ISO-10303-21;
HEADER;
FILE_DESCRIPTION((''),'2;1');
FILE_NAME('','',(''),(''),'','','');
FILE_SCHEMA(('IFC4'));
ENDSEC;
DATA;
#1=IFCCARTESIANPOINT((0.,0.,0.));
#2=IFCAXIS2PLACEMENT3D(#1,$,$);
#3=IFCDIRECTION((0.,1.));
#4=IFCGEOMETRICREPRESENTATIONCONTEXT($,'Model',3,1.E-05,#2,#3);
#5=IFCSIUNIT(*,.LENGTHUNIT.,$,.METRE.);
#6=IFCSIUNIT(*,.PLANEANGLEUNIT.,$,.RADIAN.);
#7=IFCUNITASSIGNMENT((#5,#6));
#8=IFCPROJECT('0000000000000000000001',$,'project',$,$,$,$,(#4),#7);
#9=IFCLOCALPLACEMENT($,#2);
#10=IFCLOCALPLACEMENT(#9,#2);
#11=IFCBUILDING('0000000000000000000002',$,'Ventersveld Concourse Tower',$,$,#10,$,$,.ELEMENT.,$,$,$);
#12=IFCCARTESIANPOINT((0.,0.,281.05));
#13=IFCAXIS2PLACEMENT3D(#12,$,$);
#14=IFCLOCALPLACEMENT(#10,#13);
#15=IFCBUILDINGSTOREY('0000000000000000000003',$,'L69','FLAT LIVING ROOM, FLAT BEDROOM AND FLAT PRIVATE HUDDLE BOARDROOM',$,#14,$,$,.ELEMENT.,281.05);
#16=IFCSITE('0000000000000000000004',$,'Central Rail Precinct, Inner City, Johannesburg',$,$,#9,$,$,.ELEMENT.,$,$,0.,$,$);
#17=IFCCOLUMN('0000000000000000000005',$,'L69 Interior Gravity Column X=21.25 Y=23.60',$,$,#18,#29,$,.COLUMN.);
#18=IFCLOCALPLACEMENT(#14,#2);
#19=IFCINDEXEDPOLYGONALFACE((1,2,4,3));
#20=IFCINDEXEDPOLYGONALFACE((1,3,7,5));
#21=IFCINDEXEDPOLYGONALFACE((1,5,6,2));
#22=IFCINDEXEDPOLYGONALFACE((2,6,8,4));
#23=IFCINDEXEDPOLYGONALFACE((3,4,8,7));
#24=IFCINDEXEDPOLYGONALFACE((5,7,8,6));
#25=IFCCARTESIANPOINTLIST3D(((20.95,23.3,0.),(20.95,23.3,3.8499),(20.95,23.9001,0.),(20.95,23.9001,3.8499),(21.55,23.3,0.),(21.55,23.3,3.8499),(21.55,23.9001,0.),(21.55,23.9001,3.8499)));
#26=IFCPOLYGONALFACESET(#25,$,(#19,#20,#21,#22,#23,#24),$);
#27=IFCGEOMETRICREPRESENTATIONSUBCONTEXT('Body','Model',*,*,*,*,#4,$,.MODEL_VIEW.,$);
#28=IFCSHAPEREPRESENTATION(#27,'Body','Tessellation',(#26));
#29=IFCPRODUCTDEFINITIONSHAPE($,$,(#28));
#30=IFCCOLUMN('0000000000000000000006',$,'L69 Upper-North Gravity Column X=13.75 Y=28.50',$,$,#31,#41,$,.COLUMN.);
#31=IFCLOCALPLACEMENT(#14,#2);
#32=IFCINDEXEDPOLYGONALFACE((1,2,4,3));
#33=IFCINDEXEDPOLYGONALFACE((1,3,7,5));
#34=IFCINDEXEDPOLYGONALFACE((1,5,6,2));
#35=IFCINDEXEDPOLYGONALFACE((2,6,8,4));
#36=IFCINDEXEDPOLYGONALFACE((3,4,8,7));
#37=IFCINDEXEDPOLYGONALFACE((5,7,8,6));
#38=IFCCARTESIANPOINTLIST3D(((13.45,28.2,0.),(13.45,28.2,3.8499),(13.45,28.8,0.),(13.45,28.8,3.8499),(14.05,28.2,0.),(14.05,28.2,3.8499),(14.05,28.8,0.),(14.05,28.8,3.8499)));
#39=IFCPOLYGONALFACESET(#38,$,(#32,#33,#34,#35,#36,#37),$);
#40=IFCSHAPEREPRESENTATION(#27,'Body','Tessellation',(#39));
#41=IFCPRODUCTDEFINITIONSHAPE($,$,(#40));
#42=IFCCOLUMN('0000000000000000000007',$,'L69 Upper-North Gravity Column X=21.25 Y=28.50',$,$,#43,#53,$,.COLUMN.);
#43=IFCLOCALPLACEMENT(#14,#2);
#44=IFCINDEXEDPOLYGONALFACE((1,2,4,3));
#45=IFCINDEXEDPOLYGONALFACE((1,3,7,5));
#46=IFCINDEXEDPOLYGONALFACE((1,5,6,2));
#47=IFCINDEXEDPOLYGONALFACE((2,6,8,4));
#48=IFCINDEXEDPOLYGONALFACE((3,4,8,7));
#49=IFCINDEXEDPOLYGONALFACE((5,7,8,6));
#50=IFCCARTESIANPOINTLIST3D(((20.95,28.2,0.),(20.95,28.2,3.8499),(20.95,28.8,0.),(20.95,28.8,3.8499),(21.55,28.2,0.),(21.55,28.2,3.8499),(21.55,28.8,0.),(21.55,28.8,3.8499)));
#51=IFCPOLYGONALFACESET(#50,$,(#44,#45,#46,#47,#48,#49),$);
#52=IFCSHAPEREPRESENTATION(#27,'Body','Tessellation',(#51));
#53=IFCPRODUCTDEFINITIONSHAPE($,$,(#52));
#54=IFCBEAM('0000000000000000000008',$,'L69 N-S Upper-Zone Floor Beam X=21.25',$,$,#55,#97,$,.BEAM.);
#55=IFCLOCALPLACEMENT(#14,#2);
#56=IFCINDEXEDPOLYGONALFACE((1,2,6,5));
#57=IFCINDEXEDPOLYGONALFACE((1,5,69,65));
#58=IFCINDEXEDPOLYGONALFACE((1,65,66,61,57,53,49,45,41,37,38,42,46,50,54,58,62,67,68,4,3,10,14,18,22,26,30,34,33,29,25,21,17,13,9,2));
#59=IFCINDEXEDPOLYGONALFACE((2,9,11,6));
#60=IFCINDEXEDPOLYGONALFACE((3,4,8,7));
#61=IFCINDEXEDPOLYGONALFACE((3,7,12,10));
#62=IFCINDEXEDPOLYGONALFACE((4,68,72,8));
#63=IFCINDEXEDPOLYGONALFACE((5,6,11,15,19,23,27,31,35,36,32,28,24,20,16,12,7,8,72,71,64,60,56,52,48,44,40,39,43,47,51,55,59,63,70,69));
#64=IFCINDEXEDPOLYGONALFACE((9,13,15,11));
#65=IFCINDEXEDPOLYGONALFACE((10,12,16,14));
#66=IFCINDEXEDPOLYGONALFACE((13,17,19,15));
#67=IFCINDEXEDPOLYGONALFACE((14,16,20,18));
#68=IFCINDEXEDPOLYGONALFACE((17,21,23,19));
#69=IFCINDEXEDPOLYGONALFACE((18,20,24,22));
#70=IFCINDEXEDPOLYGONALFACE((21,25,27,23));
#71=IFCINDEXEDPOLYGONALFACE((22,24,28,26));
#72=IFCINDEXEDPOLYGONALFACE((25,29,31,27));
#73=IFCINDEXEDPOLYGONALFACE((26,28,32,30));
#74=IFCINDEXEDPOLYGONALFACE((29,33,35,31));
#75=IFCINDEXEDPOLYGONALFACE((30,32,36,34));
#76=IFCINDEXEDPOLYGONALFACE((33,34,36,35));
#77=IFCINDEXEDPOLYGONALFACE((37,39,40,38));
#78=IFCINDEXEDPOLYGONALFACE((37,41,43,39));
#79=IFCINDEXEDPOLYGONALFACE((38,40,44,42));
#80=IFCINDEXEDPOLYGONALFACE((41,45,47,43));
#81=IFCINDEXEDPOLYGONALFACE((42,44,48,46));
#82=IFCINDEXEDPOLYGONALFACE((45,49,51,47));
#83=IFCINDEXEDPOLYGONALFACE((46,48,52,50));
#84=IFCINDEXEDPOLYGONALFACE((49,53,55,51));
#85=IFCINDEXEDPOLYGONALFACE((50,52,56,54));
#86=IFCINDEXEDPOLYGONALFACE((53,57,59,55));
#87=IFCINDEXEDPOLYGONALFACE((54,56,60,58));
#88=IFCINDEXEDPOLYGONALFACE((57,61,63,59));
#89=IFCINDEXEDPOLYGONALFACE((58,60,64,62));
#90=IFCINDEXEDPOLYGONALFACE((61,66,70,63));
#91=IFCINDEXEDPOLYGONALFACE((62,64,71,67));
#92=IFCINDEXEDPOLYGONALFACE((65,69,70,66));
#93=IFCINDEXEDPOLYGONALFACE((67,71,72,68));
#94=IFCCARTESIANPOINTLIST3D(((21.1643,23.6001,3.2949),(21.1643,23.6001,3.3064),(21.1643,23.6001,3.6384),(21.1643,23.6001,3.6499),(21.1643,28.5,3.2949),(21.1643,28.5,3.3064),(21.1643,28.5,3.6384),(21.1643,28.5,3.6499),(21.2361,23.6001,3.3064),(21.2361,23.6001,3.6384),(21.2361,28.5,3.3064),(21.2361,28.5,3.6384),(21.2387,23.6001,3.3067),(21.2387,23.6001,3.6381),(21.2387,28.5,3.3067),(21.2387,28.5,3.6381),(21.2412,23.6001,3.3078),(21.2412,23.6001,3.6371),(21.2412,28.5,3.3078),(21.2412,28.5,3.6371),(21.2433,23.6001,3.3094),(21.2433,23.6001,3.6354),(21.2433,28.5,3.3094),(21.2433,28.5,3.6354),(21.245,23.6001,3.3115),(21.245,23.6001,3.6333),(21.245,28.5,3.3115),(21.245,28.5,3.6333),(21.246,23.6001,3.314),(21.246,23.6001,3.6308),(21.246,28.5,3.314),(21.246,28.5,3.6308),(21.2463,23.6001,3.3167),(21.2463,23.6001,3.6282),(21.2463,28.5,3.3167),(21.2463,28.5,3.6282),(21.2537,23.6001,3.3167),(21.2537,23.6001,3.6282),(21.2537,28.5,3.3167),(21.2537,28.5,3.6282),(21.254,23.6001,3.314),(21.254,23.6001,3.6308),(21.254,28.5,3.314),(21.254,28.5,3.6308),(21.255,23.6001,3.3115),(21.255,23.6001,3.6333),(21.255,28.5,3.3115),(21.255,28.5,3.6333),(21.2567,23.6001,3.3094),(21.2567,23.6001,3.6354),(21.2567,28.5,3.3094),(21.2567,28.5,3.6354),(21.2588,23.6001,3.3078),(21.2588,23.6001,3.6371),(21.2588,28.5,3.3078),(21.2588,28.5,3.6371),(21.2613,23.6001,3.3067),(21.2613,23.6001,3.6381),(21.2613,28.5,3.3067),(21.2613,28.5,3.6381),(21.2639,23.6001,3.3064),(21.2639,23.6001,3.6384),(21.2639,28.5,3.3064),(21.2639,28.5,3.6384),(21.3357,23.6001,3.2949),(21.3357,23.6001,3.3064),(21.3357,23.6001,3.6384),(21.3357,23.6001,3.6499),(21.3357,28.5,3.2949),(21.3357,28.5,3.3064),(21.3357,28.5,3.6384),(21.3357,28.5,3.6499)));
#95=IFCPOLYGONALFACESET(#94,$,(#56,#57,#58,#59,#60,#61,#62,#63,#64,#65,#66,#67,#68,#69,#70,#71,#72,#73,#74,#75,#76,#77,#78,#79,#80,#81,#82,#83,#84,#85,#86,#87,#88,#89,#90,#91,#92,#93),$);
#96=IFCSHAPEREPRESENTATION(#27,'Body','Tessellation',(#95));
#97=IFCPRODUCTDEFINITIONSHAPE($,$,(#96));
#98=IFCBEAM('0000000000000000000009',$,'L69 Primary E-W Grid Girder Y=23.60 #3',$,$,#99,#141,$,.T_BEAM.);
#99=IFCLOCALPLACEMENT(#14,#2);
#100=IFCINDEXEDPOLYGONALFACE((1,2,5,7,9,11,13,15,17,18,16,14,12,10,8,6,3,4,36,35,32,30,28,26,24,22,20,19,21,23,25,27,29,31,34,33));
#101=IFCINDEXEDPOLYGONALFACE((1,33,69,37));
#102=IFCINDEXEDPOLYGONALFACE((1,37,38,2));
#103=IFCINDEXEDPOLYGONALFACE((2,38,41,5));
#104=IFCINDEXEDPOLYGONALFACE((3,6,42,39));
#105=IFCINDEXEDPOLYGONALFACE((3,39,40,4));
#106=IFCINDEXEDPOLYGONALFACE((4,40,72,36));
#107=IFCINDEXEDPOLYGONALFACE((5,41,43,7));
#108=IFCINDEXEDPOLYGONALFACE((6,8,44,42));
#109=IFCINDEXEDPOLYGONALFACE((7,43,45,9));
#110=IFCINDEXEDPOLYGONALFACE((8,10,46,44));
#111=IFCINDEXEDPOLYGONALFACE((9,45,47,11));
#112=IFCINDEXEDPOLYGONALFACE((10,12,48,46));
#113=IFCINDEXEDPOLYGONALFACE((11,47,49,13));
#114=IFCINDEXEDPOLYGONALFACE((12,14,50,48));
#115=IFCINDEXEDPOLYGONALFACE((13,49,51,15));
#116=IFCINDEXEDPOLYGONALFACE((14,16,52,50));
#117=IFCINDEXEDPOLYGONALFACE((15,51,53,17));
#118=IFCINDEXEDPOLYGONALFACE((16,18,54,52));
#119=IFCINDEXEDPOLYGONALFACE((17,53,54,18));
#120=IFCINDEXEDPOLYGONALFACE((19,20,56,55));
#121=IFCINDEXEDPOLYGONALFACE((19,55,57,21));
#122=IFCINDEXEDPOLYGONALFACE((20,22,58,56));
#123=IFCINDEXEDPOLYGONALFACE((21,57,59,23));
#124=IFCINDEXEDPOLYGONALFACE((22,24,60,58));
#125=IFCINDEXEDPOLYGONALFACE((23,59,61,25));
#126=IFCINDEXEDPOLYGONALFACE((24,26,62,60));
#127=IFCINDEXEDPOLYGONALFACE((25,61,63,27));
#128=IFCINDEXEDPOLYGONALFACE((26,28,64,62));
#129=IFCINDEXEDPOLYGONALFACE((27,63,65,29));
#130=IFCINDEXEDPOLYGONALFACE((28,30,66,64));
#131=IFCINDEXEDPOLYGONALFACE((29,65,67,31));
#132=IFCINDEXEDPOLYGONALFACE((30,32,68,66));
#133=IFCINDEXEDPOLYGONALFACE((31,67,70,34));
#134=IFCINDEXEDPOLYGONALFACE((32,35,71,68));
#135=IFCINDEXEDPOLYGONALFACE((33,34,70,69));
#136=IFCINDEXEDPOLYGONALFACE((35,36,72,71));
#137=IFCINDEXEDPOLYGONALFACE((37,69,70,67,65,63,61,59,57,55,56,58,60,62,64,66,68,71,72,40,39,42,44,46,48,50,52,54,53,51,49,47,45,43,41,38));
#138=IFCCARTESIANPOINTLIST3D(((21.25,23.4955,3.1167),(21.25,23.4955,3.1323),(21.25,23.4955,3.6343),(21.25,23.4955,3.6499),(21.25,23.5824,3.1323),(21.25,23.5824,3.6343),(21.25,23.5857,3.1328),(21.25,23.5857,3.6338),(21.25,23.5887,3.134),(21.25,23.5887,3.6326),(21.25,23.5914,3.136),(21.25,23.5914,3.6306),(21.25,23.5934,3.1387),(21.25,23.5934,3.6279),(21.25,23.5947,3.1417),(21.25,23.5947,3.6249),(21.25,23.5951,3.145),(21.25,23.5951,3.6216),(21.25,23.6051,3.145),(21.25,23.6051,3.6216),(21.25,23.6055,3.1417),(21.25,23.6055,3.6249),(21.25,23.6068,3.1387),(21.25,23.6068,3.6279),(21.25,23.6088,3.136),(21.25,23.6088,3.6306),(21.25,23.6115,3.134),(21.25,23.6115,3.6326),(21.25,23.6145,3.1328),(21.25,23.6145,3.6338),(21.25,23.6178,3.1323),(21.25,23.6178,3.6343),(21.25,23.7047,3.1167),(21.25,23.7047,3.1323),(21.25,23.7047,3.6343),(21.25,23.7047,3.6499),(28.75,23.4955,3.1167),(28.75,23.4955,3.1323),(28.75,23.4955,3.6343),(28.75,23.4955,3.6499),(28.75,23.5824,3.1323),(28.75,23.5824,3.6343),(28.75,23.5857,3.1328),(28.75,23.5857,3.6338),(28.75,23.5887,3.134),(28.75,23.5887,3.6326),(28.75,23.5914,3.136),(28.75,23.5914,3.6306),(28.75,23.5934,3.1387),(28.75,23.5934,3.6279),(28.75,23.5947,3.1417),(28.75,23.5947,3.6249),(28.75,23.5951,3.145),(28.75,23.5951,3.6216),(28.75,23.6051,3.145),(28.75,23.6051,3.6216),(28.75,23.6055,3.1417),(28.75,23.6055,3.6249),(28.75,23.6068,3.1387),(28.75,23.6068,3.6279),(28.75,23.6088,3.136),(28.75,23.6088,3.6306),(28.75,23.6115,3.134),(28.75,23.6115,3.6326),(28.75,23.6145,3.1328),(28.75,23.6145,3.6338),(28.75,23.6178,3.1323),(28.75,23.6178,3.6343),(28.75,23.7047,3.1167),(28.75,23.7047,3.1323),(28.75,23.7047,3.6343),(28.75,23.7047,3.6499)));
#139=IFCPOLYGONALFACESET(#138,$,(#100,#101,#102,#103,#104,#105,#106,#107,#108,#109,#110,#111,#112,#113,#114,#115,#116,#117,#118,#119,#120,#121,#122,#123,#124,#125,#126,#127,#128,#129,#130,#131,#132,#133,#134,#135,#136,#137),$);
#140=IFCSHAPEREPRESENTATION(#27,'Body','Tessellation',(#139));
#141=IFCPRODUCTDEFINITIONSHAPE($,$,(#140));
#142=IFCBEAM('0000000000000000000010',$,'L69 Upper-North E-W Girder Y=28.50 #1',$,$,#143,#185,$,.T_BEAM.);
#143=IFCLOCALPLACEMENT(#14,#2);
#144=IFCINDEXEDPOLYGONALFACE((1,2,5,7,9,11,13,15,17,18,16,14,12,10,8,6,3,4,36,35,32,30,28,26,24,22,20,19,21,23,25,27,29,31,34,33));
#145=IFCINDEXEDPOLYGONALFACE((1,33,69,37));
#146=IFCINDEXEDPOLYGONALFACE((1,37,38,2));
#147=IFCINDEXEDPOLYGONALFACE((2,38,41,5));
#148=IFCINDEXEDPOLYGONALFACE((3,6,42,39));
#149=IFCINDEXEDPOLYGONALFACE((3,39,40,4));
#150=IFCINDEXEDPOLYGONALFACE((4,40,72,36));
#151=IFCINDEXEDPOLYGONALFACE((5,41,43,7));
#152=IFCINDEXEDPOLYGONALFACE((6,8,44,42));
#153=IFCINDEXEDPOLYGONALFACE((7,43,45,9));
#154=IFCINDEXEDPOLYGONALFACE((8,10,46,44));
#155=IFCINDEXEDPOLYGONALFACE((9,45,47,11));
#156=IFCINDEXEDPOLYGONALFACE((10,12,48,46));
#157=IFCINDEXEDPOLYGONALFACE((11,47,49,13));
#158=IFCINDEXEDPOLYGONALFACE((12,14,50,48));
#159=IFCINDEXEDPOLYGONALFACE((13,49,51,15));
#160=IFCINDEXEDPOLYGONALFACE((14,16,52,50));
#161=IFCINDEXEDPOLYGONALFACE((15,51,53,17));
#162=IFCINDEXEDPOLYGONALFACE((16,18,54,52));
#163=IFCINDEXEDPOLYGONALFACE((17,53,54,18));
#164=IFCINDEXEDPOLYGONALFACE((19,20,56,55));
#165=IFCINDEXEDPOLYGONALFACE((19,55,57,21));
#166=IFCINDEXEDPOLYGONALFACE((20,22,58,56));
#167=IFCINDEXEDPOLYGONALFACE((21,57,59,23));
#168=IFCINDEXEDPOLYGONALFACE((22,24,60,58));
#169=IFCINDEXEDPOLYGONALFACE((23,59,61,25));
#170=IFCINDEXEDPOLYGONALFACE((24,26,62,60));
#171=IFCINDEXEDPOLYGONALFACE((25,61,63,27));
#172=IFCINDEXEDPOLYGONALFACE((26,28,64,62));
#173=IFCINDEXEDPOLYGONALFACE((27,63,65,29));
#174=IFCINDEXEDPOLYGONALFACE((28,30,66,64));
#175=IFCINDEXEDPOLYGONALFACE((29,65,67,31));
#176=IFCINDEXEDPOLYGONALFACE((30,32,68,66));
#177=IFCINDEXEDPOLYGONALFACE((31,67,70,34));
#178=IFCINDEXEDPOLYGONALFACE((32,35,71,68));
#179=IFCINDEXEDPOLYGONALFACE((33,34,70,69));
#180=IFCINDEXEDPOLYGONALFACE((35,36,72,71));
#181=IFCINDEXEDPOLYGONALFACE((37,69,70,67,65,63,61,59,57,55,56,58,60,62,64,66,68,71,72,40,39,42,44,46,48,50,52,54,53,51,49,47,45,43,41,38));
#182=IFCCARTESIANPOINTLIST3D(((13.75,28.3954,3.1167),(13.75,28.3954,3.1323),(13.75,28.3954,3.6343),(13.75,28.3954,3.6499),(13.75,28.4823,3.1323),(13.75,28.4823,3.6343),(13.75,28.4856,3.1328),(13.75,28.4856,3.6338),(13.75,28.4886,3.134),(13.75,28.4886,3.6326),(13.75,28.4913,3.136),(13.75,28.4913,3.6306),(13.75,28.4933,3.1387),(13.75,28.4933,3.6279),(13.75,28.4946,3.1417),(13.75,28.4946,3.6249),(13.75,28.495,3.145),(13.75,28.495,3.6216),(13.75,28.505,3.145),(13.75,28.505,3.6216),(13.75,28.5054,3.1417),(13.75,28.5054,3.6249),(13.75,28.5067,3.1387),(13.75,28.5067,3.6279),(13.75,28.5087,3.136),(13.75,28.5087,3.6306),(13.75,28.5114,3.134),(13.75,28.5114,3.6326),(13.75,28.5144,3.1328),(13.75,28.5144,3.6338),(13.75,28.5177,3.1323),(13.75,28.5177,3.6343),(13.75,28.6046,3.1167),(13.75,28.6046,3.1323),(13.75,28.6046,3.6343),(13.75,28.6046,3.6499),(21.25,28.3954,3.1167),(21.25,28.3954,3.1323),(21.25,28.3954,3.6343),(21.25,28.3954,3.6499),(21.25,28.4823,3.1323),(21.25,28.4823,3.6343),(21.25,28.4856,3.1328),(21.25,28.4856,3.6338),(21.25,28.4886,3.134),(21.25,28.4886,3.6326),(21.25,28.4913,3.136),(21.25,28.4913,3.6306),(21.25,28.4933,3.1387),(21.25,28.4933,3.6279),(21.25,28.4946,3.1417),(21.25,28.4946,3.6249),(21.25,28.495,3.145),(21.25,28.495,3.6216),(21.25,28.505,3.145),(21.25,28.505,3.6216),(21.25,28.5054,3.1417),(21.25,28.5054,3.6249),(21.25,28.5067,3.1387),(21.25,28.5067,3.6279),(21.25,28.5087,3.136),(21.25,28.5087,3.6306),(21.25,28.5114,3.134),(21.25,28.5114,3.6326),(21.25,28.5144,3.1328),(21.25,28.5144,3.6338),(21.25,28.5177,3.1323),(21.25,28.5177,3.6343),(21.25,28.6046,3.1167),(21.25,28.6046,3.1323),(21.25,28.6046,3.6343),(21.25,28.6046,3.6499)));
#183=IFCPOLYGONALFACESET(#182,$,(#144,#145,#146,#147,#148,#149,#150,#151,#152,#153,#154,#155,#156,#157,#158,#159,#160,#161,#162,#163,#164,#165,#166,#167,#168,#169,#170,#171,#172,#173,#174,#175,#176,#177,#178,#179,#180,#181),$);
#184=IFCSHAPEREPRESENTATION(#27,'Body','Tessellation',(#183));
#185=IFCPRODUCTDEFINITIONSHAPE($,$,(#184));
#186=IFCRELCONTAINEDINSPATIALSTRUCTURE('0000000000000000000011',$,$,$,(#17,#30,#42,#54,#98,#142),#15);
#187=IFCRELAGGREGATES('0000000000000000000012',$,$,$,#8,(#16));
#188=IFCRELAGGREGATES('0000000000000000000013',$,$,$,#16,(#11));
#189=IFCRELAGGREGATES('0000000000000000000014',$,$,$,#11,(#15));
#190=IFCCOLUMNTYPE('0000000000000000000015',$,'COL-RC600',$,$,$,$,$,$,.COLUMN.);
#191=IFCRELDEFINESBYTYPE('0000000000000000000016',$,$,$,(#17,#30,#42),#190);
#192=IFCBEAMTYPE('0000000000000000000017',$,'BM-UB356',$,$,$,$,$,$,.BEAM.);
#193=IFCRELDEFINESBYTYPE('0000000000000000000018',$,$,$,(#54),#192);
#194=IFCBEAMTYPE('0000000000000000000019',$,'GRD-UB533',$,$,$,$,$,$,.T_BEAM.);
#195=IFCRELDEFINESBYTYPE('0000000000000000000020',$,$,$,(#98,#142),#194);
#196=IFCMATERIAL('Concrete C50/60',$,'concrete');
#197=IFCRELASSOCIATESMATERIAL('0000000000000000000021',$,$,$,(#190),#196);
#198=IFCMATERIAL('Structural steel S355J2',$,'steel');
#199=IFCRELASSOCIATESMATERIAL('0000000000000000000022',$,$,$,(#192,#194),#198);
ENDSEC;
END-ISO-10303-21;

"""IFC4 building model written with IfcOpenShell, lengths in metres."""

from ifc_helpers import new_model, si_unit, direction, frame, origin, origin_2d, place, context, subcontext, project, spatial, rectangle, i_section, extrude, material, material_profile, profile_set, type_object, element, save


model = new_model("IFC4")

# Units and contexts
model_context = context("Model", 3, precision=1e-05, world=origin(), true_north=direction((0.0, 1.0)))
body_context = subcontext(model_context, "Body", "Model", "MODEL_VIEW")
ifc_project = project(units=[si_unit("LENGTHUNIT", "METRE"), si_unit("PLANEANGLEUNIT", "RADIAN")], contexts=[model_context])

# Site, building, storey
site_placement = place(None, origin())
site = spatial("IfcSite", under=ifc_project, at=site_placement, Name="Central Rail Precinct, Inner City, Johannesburg", CompositionType="ELEMENT", RefElevation=0.0)
building_placement = place(site_placement, origin())
building = spatial("IfcBuilding", under=site, at=building_placement, Name="Ventersveld Concourse Tower", CompositionType="ELEMENT")
storey_placement = place(building_placement, frame((0.0, 0.0, 281.05)))
storey = spatial("IfcBuildingStorey", under=building, at=storey_placement, Name="L69", Description="FLAT LIVING ROOM, FLAT BEDROOM AND FLAT PRIVATE HUDDLE BOARDROOM", CompositionType="ELEMENT", Elevation=281.05)

# Columns
ifc_material_1 = material(Name="Concrete C50/60", Category="concrete")
ifc_material_profile_1 = material_profile(ifc_material_1, rectangle(XDim=0.6001, YDim=0.6001, at=origin_2d()), Name="RC 600x600")
ifc_profile_set_1 = profile_set([ifc_material_profile_1], Name="Concrete C50/60")
column_type = type_object("IfcColumnType", Name="COL-RC600", PredefinedType="COLUMN", material=ifc_profile_set_1)
for number, where, z_axis, x_axis, name in (
    (1, (21.25, 23.6001, 0.0), (0.0, 0.0, 1.0), (1.0, 0.0, 0.0), "L69 Interior Gravity Column X=21.25 Y=23.60"),
    (2, (13.75, 28.5, 0.0), (0.0, 0.0, 1.0), (1.0, 0.0, 0.0), "L69 Upper-North Gravity Column X=13.75 Y=28.50"),
    (3, (21.25, 28.5, 0.0), (0.0, 0.0, 1.0), (1.0, 0.0, 0.0), "L69 Upper-North Gravity Column X=21.25 Y=28.50"),
):
    element("IfcColumn", number, at=place(storey_placement, frame(where, z_axis=z_axis, x_axis=x_axis)), inside=storey, type_object=column_type, Name=name, PredefinedType="COLUMN", context=body_context, shape_type="SweptSolid", body=[
        extrude(rectangle(XDim=0.6001, YDim=0.6001, at=origin_2d()), origin(), (0.0, 0.0, 1.0), 3.8499),
    ])

# Beams
ifc_material_2 = material(Name="Structural steel S355J2", Category="steel")
ifc_material_profile_2 = material_profile(ifc_material_2, i_section(OverallWidth=0.1714, OverallDepth=0.355, WebThickness=0.0073, FlangeThickness=0.0115, FilletRadius=0.0103, at=origin_2d()), Name="UB 356x171x51")
ifc_profile_set_2 = profile_set([ifc_material_profile_2], Name="Structural steel S355J2")
beam_type_1 = type_object("IfcBeamType", Name="BM-UB356", PredefinedType="BEAM", material=ifc_profile_set_2)
beam_placement = place(storey_placement, frame((21.25, 23.6001, 3.4724), z_axis=(0.0, 1.0, 0.0), x_axis=(-1.0, 0.0, 0.0)))
element("IfcBeam", 4, at=beam_placement, inside=storey, type_object=beam_type_1, Name="L69 N-S Upper-Zone Floor Beam X=21.25", PredefinedType="BEAM", context=body_context, shape_type="SweptSolid", body=[
    extrude(i_section(OverallWidth=0.1714, OverallDepth=0.355, WebThickness=0.0073, FlangeThickness=0.0115, FilletRadius=0.0103, at=origin_2d()), origin(), (0.0, 0.0, 1.0), 4.8999),
])
ifc_material_profile_3 = material_profile(ifc_material_2, i_section(OverallWidth=0.2092, OverallDepth=0.5332, WebThickness=0.01, FlangeThickness=0.0156, FilletRadius=0.0127, at=origin_2d()), Name="UB 533x210x92")
ifc_profile_set_3 = profile_set([ifc_material_profile_3], Name="Structural steel S355J2")
beam_type_2 = type_object("IfcBeamType", Name="GRD-UB533", PredefinedType="T_BEAM", material=ifc_profile_set_3)
for number, where, z_axis, x_axis, name in (
    (5, (21.25, 23.6001, 3.3833), (1.0, 0.0, 0.0), (0.0, 1.0, 0.0), "L69 Primary E-W Grid Girder Y=23.60 #3"),
    (6, (13.75, 28.5, 3.3833), (1.0, 0.0, 0.0), (0.0, 1.0, 0.0), "L69 Upper-North E-W Girder Y=28.50 #1"),
):
    element("IfcBeam", number, at=place(storey_placement, frame(where, z_axis=z_axis, x_axis=x_axis)), inside=storey, type_object=beam_type_2, Name=name, PredefinedType="T_BEAM", context=body_context, shape_type="SweptSolid", body=[
        extrude(i_section(OverallWidth=0.2092, OverallDepth=0.5332, WebThickness=0.01, FlangeThickness=0.0156, FilletRadius=0.0127, at=origin_2d()), origin(), (0.0, 0.0, 1.0), 7.5),
    ])

save(model, "model.ifc")
